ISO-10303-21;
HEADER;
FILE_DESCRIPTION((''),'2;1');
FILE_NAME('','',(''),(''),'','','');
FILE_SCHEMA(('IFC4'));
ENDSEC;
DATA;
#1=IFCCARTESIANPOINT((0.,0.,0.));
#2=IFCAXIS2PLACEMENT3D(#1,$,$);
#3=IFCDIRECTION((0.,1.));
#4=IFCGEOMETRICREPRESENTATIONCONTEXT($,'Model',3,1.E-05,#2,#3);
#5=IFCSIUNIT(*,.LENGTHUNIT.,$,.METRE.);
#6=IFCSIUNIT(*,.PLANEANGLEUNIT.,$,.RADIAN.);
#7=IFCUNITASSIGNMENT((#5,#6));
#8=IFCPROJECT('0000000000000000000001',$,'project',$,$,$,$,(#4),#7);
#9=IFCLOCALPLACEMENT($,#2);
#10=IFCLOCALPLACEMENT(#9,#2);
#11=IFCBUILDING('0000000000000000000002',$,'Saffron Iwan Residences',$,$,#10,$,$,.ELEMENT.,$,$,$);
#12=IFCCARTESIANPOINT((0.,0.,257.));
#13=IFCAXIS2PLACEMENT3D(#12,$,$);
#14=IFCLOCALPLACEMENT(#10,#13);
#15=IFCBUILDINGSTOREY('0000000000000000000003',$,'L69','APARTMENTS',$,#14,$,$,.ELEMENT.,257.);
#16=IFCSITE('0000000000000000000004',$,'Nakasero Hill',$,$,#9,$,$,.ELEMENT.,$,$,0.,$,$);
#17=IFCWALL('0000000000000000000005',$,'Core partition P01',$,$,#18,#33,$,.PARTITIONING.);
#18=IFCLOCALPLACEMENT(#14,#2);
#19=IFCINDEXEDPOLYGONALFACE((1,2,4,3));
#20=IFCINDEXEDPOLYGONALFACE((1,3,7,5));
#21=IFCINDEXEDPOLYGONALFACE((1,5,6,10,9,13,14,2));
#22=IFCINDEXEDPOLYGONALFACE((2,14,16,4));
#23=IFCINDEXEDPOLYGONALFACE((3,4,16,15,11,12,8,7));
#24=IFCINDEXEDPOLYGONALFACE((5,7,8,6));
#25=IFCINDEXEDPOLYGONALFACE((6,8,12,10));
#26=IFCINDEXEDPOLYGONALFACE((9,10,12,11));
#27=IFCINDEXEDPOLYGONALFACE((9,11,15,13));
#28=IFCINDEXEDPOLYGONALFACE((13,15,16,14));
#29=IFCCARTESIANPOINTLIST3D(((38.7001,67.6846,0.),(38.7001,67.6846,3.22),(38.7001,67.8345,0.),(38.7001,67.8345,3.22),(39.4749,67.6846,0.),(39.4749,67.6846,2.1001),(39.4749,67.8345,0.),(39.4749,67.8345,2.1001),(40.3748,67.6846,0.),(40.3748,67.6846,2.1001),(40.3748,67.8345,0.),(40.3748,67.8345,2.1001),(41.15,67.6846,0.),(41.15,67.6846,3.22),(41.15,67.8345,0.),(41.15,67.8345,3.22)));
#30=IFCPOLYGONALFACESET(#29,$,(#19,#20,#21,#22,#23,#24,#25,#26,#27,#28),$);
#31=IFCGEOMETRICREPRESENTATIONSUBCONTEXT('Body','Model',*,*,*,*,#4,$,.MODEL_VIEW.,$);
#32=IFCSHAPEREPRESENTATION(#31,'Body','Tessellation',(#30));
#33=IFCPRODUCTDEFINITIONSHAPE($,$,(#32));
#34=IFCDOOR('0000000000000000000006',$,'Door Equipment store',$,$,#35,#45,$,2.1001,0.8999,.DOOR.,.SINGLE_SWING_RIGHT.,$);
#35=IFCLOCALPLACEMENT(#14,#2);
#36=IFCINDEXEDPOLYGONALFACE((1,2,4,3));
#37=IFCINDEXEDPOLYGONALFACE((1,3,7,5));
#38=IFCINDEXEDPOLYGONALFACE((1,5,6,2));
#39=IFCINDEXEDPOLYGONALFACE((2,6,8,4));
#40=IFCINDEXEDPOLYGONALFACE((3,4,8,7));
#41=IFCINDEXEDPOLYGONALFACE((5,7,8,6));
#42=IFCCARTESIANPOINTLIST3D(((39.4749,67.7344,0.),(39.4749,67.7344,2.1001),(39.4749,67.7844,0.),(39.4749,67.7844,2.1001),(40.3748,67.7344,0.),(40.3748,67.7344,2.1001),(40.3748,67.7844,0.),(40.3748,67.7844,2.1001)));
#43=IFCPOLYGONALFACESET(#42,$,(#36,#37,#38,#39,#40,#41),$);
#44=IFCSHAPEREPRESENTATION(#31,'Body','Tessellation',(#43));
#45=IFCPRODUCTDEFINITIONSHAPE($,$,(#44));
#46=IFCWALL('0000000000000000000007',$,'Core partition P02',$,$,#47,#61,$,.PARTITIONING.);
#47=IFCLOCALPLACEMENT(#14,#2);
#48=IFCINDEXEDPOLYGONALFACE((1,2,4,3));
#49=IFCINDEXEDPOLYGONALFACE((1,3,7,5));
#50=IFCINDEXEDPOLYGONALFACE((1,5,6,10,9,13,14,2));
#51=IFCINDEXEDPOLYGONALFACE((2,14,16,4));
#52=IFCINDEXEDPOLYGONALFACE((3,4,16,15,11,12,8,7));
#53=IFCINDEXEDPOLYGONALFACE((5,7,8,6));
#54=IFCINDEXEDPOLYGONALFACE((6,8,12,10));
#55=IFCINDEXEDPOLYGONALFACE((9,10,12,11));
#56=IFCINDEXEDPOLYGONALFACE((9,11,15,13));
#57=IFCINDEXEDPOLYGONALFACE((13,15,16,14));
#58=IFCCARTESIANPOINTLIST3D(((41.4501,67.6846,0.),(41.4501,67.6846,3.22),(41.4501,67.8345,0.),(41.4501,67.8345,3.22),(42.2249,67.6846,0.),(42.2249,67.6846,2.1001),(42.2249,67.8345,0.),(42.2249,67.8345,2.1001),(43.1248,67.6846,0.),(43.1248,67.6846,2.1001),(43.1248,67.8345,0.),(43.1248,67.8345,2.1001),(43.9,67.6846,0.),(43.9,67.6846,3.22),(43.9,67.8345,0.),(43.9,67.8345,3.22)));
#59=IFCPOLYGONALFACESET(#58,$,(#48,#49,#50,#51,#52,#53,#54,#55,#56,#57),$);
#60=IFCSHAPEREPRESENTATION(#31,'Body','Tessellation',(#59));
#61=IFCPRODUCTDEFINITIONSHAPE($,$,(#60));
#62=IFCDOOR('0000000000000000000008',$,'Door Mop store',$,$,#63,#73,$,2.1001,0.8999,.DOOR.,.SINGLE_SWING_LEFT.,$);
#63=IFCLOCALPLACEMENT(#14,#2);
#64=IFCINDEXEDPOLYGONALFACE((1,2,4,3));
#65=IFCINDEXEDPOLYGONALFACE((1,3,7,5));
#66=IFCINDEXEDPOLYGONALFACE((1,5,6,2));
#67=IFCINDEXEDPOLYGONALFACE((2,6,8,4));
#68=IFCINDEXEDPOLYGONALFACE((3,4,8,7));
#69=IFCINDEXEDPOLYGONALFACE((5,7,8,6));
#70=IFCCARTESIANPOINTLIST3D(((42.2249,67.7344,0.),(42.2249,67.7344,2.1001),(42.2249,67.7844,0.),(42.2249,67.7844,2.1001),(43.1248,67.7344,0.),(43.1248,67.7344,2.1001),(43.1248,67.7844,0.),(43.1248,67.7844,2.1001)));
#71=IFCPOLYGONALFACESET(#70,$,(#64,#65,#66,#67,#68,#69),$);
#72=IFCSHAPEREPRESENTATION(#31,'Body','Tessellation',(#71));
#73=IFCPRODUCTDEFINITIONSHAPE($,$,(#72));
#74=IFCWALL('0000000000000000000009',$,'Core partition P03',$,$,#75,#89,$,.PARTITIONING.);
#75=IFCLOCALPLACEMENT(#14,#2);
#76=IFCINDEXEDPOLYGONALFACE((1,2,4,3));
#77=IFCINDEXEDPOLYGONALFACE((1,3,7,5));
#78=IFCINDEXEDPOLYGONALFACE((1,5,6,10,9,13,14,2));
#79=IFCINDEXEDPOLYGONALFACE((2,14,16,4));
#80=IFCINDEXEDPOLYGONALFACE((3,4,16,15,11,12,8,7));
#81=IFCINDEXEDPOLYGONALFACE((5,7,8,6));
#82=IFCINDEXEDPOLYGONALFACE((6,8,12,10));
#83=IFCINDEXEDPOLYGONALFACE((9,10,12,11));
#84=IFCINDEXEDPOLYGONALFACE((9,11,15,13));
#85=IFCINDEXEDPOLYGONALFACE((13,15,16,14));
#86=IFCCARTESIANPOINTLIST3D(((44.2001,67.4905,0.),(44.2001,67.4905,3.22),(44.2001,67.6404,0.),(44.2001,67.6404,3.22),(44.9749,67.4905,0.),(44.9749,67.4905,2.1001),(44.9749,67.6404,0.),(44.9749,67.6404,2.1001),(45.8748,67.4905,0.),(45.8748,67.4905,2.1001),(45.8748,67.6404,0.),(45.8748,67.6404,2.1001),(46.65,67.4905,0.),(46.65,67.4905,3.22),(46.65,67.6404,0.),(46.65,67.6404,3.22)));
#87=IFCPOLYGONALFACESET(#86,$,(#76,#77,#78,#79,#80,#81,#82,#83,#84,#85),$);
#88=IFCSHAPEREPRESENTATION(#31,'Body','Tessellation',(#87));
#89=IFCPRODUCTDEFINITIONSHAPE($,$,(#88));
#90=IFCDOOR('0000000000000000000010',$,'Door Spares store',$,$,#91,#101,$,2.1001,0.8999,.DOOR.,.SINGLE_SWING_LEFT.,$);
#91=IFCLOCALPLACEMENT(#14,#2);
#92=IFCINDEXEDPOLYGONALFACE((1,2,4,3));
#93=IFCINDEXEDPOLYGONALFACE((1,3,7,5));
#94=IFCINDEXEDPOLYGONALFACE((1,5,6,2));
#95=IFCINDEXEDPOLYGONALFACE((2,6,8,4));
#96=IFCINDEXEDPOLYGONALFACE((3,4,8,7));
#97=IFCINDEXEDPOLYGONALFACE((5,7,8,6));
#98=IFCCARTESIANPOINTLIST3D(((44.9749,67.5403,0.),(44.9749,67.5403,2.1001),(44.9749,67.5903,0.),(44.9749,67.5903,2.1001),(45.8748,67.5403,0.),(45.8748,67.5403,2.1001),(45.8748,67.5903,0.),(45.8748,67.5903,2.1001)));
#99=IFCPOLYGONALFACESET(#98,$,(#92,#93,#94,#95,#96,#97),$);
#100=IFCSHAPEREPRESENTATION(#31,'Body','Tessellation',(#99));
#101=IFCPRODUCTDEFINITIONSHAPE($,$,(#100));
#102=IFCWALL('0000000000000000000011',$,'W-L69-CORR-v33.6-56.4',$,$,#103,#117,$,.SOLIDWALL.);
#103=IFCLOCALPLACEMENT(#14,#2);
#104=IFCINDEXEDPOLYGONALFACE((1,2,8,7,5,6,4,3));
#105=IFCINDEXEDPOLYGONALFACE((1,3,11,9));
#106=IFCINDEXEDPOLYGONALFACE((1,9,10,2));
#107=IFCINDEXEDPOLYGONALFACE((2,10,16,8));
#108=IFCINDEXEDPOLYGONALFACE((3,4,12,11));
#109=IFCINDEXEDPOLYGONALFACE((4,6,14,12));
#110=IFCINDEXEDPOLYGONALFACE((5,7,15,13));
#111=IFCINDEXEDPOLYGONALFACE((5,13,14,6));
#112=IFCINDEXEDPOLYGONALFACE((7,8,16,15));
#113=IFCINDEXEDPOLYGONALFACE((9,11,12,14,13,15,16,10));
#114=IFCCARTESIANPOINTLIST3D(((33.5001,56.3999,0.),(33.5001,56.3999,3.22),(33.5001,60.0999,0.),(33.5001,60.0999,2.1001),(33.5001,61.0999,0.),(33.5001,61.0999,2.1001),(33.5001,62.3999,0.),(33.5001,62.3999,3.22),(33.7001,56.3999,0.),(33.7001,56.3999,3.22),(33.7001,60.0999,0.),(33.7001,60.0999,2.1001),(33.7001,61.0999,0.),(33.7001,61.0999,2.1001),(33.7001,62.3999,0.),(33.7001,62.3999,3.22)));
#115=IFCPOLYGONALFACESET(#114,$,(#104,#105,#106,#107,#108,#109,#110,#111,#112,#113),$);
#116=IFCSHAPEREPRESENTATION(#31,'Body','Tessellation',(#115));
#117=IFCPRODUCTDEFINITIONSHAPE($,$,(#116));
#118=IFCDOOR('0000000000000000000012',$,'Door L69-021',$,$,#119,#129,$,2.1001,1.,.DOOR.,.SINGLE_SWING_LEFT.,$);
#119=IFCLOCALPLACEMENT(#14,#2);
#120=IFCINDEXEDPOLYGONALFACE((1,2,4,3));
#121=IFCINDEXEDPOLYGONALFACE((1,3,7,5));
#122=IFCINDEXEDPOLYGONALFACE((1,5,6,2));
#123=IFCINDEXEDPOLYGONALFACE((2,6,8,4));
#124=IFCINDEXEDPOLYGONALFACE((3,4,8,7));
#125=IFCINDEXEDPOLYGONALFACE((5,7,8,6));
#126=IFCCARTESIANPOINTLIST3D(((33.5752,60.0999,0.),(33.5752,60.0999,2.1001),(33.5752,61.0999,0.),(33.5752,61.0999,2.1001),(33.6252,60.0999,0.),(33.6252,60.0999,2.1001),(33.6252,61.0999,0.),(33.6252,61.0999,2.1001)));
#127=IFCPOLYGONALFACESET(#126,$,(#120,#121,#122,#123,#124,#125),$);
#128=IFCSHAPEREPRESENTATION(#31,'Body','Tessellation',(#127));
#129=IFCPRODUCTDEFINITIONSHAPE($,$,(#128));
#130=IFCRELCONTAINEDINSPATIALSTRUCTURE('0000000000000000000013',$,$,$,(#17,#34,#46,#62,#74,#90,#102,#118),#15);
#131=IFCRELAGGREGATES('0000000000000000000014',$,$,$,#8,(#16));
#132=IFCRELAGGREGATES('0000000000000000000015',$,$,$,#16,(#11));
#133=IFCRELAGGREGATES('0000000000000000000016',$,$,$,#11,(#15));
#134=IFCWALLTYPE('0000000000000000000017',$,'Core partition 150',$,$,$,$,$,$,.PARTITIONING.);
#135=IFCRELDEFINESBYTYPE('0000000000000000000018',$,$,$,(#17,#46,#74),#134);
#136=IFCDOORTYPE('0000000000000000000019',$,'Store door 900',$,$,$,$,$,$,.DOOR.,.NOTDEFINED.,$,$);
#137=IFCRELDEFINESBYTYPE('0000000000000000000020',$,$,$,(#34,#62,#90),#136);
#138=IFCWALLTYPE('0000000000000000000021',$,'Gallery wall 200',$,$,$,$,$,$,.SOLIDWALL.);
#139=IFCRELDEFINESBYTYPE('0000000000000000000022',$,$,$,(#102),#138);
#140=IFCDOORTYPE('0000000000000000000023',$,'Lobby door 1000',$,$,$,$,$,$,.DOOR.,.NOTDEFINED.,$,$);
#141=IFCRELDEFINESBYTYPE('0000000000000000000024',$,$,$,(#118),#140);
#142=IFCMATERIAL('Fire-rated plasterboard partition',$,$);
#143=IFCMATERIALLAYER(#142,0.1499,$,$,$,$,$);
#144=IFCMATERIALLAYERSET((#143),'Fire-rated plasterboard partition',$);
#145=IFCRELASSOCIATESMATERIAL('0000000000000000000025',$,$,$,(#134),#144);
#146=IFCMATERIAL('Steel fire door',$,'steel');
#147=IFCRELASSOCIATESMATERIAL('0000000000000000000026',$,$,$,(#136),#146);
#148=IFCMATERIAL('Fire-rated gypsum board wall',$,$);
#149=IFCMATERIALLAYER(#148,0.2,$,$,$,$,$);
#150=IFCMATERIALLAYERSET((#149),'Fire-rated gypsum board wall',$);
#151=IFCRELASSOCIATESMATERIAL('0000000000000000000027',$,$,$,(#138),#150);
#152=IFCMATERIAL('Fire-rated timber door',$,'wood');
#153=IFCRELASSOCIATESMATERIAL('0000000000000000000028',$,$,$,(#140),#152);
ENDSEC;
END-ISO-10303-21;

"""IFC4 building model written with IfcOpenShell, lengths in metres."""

from ifc_helpers import new_model, si_unit, direction, frame, frame_2d, origin, place, context, subcontext, project, spatial, rectangle, extrude, material, layer, layer_set, type_object, element, fill, save


model = new_model("IFC4")

# Units and contexts
model_context = context("Model", 3, precision=1e-05, world=origin(), true_north=direction((0.0, 1.0)))
body_context = subcontext(model_context, "Body", "Model", "MODEL_VIEW")
ifc_project = project(units=[si_unit("LENGTHUNIT", "METRE"), si_unit("PLANEANGLEUNIT", "RADIAN")], contexts=[model_context])

# Site, building, storey
site_placement = place(None, origin())
site = spatial("IfcSite", under=ifc_project, at=site_placement, Name="Nakasero Hill", CompositionType="ELEMENT", RefElevation=0.0)
building_placement = place(site_placement, origin())
building = spatial("IfcBuilding", under=site, at=building_placement, Name="Saffron Iwan Residences", CompositionType="ELEMENT")
storey_placement = place(building_placement, frame((0.0, 0.0, 257.0)))
storey = spatial("IfcBuildingStorey", under=building, at=storey_placement, Name="L69", Description="APARTMENTS", CompositionType="ELEMENT", Elevation=257.0)

# Walls, openings, doors
ifc_material_1 = material(Name="Fire-rated plasterboard partition")
ifc_layer_1 = layer(ifc_material_1, 0.1499)
ifc_layer_set_1 = layer_set([ifc_layer_1], Name="Fire-rated plasterboard partition")
wall_type_1 = type_object("IfcWallType", Name="Core partition 150", PredefinedType="PARTITIONING", material=ifc_layer_set_1)
wall_1_placement = place(storey_placement, frame((38.7, 67.7595, 0.0), z_axis=(0.0, 0.0, 1.0), x_axis=(1.0, 0.0, 0.0)))
wall_1 = element("IfcWall", 1, at=wall_1_placement, inside=storey, type_object=wall_type_1, Name="Core partition P01", PredefinedType="PARTITIONING", context=body_context, shape_type="SweptSolid", body=[
    extrude(rectangle(XDim=2.45, YDim=0.1499, at=frame_2d((1.2251, 0.0))), origin(), (0.0, 0.0, 1.0), 3.22),
])
opening_1_placement = place(wall_1_placement, frame((0.7749, 0.0, 0.0)))
opening_1 = element("IfcOpeningElement", 2, at=opening_1_placement, cuts=wall_1, PredefinedType="OPENING", context=body_context, shape_type="SweptSolid", body=[
    extrude(rectangle(XDim=0.8999, YDim=2.1001, at=frame_2d((0.45, 1.05))), frame((0.0, 0.085, 0.0), z_axis=(0.0, -1.0, 0.0), x_axis=(1.0, 0.0, 0.0)), (0.0, 0.0, 1.0), 0.1699),
])
ifc_material_2 = material(Name="Steel fire door", Category="steel")
door_type_1 = type_object("IfcDoorType", Name="Store door 900", OperationType="NOTDEFINED", PredefinedType="DOOR", material=ifc_material_2)
door_1_placement = place(opening_1_placement, origin())
door_1 = element("IfcDoor", 3, at=door_1_placement, inside=storey, type_object=door_type_1, Name="Door Equipment store", OperationType="SINGLE_SWING_RIGHT", OverallHeight=2.1001, OverallWidth=0.8999, PredefinedType="DOOR", context=body_context, shape_type="SweptSolid", body=[
    extrude(rectangle(XDim=0.8999, YDim=2.1001, at=frame_2d((0.45, 1.05))), frame((0.0, 0.0249, 0.0), z_axis=(0.0, -1.0, 0.0), x_axis=(1.0, 0.0, 0.0)), (0.0, 0.0, 1.0), 0.05),
])
fill(opening_1, door_1)
wall_2_placement = place(storey_placement, frame((41.45, 67.7595, 0.0), z_axis=(0.0, 0.0, 1.0), x_axis=(1.0, 0.0, 0.0)))
wall_2 = element("IfcWall", 4, at=wall_2_placement, inside=storey, type_object=wall_type_1, Name="Core partition P02", PredefinedType="PARTITIONING", context=body_context, shape_type="SweptSolid", body=[
    extrude(rectangle(XDim=2.45, YDim=0.1499, at=frame_2d((1.2251, 0.0))), origin(), (0.0, 0.0, 1.0), 3.22),
])
opening_2_placement = place(wall_2_placement, frame((0.7749, 0.0, 0.0)))
opening_2 = element("IfcOpeningElement", 5, at=opening_2_placement, cuts=wall_2, PredefinedType="OPENING", context=body_context, shape_type="SweptSolid", body=[
    extrude(rectangle(XDim=0.8999, YDim=2.1001, at=frame_2d((0.45, 1.05))), frame((0.0, 0.085, 0.0), z_axis=(0.0, -1.0, 0.0), x_axis=(1.0, 0.0, 0.0)), (0.0, 0.0, 1.0), 0.1699),
])
door_2_placement = place(opening_2_placement, origin())
door_2 = element("IfcDoor", 6, at=door_2_placement, inside=storey, type_object=door_type_1, Name="Door Mop store", OperationType="SINGLE_SWING_LEFT", OverallHeight=2.1001, OverallWidth=0.8999, PredefinedType="DOOR", context=body_context, shape_type="SweptSolid", body=[
    extrude(rectangle(XDim=0.8999, YDim=2.1001, at=frame_2d((0.45, 1.05))), frame((0.0, 0.0249, 0.0), z_axis=(0.0, -1.0, 0.0), x_axis=(1.0, 0.0, 0.0)), (0.0, 0.0, 1.0), 0.05),
])
fill(opening_2, door_2)
wall_3_placement = place(storey_placement, frame((44.2, 67.5654, 0.0), z_axis=(0.0, 0.0, 1.0), x_axis=(1.0, 0.0, 0.0)))
wall_3 = element("IfcWall", 7, at=wall_3_placement, inside=storey, type_object=wall_type_1, Name="Core partition P03", PredefinedType="PARTITIONING", context=body_context, shape_type="SweptSolid", body=[
    extrude(rectangle(XDim=2.45, YDim=0.1499, at=frame_2d((1.2251, 0.0))), origin(), (0.0, 0.0, 1.0), 3.22),
])
opening_3_placement = place(wall_3_placement, frame((0.7749, 0.0, 0.0)))
opening_3 = element("IfcOpeningElement", 8, at=opening_3_placement, cuts=wall_3, PredefinedType="OPENING", context=body_context, shape_type="SweptSolid", body=[
    extrude(rectangle(XDim=0.8999, YDim=2.1001, at=frame_2d((0.45, 1.05))), frame((0.0, 0.085, 0.0), z_axis=(0.0, -1.0, 0.0), x_axis=(1.0, 0.0, 0.0)), (0.0, 0.0, 1.0), 0.1699),
])
door_3_placement = place(opening_3_placement, origin())
door_3 = element("IfcDoor", 9, at=door_3_placement, inside=storey, type_object=door_type_1, Name="Door Spares store", OperationType="SINGLE_SWING_LEFT", OverallHeight=2.1001, OverallWidth=0.8999, PredefinedType="DOOR", context=body_context, shape_type="SweptSolid", body=[
    extrude(rectangle(XDim=0.8999, YDim=2.1001, at=frame_2d((0.45, 1.05))), frame((0.0, 0.0249, 0.0), z_axis=(0.0, -1.0, 0.0), x_axis=(1.0, 0.0, 0.0)), (0.0, 0.0, 1.0), 0.05),
])
fill(opening_3, door_3)
ifc_material_3 = material(Name="Fire-rated gypsum board wall")
ifc_layer_2 = layer(ifc_material_3, 0.2)
ifc_layer_set_2 = layer_set([ifc_layer_2], Name="Fire-rated gypsum board wall")
wall_type_2 = type_object("IfcWallType", Name="Gallery wall 200", PredefinedType="SOLIDWALL", material=ifc_layer_set_2)
wall_4_placement = place(storey_placement, frame((33.6001, 56.3999, 0.0), z_axis=(0.0, 0.0, 1.0), x_axis=(0.0, 1.0, 0.0)))
wall_4 = element("IfcWall", 10, at=wall_4_placement, inside=storey, type_object=wall_type_2, Name="W-L69-CORR-v33.6-56.4", PredefinedType="SOLIDWALL", context=body_context, shape_type="SweptSolid", body=[
    extrude(rectangle(XDim=6.0, YDim=0.2, at=frame_2d((3.0, 0.0))), origin(), (0.0, 0.0, 1.0), 3.22),
])
opening_4_placement = place(wall_4_placement, frame((3.7, 0.0, 0.0)))
opening_4 = element("IfcOpeningElement", 11, at=opening_4_placement, cuts=wall_4, PredefinedType="OPENING", context=body_context, shape_type="SweptSolid", body=[
    extrude(rectangle(XDim=1.0, YDim=2.1001, at=frame_2d((0.5, 1.05))), frame((0.0, 0.1099, 0.0), z_axis=(0.0, -1.0, 0.0), x_axis=(1.0, 0.0, 0.0)), (0.0, 0.0, 1.0), 0.22),
])
ifc_material_4 = material(Name="Fire-rated timber door", Category="wood")
door_type_2 = type_object("IfcDoorType", Name="Lobby door 1000", OperationType="NOTDEFINED", PredefinedType="DOOR", material=ifc_material_4)
door_4_placement = place(opening_4_placement, origin())
door_4 = element("IfcDoor", 12, at=door_4_placement, inside=storey, type_object=door_type_2, Name="Door L69-021", OperationType="SINGLE_SWING_LEFT", OverallHeight=2.1001, OverallWidth=1.0, PredefinedType="DOOR", context=body_context, shape_type="SweptSolid", body=[
    extrude(rectangle(XDim=1.0, YDim=2.1001, at=frame_2d((0.5, 1.05))), frame((0.0, 0.0249, 0.0), z_axis=(0.0, -1.0, 0.0), x_axis=(1.0, 0.0, 0.0)), (0.0, 0.0, 1.0), 0.05),
])
fill(opening_4, door_4)

save(model, "model.ifc")
